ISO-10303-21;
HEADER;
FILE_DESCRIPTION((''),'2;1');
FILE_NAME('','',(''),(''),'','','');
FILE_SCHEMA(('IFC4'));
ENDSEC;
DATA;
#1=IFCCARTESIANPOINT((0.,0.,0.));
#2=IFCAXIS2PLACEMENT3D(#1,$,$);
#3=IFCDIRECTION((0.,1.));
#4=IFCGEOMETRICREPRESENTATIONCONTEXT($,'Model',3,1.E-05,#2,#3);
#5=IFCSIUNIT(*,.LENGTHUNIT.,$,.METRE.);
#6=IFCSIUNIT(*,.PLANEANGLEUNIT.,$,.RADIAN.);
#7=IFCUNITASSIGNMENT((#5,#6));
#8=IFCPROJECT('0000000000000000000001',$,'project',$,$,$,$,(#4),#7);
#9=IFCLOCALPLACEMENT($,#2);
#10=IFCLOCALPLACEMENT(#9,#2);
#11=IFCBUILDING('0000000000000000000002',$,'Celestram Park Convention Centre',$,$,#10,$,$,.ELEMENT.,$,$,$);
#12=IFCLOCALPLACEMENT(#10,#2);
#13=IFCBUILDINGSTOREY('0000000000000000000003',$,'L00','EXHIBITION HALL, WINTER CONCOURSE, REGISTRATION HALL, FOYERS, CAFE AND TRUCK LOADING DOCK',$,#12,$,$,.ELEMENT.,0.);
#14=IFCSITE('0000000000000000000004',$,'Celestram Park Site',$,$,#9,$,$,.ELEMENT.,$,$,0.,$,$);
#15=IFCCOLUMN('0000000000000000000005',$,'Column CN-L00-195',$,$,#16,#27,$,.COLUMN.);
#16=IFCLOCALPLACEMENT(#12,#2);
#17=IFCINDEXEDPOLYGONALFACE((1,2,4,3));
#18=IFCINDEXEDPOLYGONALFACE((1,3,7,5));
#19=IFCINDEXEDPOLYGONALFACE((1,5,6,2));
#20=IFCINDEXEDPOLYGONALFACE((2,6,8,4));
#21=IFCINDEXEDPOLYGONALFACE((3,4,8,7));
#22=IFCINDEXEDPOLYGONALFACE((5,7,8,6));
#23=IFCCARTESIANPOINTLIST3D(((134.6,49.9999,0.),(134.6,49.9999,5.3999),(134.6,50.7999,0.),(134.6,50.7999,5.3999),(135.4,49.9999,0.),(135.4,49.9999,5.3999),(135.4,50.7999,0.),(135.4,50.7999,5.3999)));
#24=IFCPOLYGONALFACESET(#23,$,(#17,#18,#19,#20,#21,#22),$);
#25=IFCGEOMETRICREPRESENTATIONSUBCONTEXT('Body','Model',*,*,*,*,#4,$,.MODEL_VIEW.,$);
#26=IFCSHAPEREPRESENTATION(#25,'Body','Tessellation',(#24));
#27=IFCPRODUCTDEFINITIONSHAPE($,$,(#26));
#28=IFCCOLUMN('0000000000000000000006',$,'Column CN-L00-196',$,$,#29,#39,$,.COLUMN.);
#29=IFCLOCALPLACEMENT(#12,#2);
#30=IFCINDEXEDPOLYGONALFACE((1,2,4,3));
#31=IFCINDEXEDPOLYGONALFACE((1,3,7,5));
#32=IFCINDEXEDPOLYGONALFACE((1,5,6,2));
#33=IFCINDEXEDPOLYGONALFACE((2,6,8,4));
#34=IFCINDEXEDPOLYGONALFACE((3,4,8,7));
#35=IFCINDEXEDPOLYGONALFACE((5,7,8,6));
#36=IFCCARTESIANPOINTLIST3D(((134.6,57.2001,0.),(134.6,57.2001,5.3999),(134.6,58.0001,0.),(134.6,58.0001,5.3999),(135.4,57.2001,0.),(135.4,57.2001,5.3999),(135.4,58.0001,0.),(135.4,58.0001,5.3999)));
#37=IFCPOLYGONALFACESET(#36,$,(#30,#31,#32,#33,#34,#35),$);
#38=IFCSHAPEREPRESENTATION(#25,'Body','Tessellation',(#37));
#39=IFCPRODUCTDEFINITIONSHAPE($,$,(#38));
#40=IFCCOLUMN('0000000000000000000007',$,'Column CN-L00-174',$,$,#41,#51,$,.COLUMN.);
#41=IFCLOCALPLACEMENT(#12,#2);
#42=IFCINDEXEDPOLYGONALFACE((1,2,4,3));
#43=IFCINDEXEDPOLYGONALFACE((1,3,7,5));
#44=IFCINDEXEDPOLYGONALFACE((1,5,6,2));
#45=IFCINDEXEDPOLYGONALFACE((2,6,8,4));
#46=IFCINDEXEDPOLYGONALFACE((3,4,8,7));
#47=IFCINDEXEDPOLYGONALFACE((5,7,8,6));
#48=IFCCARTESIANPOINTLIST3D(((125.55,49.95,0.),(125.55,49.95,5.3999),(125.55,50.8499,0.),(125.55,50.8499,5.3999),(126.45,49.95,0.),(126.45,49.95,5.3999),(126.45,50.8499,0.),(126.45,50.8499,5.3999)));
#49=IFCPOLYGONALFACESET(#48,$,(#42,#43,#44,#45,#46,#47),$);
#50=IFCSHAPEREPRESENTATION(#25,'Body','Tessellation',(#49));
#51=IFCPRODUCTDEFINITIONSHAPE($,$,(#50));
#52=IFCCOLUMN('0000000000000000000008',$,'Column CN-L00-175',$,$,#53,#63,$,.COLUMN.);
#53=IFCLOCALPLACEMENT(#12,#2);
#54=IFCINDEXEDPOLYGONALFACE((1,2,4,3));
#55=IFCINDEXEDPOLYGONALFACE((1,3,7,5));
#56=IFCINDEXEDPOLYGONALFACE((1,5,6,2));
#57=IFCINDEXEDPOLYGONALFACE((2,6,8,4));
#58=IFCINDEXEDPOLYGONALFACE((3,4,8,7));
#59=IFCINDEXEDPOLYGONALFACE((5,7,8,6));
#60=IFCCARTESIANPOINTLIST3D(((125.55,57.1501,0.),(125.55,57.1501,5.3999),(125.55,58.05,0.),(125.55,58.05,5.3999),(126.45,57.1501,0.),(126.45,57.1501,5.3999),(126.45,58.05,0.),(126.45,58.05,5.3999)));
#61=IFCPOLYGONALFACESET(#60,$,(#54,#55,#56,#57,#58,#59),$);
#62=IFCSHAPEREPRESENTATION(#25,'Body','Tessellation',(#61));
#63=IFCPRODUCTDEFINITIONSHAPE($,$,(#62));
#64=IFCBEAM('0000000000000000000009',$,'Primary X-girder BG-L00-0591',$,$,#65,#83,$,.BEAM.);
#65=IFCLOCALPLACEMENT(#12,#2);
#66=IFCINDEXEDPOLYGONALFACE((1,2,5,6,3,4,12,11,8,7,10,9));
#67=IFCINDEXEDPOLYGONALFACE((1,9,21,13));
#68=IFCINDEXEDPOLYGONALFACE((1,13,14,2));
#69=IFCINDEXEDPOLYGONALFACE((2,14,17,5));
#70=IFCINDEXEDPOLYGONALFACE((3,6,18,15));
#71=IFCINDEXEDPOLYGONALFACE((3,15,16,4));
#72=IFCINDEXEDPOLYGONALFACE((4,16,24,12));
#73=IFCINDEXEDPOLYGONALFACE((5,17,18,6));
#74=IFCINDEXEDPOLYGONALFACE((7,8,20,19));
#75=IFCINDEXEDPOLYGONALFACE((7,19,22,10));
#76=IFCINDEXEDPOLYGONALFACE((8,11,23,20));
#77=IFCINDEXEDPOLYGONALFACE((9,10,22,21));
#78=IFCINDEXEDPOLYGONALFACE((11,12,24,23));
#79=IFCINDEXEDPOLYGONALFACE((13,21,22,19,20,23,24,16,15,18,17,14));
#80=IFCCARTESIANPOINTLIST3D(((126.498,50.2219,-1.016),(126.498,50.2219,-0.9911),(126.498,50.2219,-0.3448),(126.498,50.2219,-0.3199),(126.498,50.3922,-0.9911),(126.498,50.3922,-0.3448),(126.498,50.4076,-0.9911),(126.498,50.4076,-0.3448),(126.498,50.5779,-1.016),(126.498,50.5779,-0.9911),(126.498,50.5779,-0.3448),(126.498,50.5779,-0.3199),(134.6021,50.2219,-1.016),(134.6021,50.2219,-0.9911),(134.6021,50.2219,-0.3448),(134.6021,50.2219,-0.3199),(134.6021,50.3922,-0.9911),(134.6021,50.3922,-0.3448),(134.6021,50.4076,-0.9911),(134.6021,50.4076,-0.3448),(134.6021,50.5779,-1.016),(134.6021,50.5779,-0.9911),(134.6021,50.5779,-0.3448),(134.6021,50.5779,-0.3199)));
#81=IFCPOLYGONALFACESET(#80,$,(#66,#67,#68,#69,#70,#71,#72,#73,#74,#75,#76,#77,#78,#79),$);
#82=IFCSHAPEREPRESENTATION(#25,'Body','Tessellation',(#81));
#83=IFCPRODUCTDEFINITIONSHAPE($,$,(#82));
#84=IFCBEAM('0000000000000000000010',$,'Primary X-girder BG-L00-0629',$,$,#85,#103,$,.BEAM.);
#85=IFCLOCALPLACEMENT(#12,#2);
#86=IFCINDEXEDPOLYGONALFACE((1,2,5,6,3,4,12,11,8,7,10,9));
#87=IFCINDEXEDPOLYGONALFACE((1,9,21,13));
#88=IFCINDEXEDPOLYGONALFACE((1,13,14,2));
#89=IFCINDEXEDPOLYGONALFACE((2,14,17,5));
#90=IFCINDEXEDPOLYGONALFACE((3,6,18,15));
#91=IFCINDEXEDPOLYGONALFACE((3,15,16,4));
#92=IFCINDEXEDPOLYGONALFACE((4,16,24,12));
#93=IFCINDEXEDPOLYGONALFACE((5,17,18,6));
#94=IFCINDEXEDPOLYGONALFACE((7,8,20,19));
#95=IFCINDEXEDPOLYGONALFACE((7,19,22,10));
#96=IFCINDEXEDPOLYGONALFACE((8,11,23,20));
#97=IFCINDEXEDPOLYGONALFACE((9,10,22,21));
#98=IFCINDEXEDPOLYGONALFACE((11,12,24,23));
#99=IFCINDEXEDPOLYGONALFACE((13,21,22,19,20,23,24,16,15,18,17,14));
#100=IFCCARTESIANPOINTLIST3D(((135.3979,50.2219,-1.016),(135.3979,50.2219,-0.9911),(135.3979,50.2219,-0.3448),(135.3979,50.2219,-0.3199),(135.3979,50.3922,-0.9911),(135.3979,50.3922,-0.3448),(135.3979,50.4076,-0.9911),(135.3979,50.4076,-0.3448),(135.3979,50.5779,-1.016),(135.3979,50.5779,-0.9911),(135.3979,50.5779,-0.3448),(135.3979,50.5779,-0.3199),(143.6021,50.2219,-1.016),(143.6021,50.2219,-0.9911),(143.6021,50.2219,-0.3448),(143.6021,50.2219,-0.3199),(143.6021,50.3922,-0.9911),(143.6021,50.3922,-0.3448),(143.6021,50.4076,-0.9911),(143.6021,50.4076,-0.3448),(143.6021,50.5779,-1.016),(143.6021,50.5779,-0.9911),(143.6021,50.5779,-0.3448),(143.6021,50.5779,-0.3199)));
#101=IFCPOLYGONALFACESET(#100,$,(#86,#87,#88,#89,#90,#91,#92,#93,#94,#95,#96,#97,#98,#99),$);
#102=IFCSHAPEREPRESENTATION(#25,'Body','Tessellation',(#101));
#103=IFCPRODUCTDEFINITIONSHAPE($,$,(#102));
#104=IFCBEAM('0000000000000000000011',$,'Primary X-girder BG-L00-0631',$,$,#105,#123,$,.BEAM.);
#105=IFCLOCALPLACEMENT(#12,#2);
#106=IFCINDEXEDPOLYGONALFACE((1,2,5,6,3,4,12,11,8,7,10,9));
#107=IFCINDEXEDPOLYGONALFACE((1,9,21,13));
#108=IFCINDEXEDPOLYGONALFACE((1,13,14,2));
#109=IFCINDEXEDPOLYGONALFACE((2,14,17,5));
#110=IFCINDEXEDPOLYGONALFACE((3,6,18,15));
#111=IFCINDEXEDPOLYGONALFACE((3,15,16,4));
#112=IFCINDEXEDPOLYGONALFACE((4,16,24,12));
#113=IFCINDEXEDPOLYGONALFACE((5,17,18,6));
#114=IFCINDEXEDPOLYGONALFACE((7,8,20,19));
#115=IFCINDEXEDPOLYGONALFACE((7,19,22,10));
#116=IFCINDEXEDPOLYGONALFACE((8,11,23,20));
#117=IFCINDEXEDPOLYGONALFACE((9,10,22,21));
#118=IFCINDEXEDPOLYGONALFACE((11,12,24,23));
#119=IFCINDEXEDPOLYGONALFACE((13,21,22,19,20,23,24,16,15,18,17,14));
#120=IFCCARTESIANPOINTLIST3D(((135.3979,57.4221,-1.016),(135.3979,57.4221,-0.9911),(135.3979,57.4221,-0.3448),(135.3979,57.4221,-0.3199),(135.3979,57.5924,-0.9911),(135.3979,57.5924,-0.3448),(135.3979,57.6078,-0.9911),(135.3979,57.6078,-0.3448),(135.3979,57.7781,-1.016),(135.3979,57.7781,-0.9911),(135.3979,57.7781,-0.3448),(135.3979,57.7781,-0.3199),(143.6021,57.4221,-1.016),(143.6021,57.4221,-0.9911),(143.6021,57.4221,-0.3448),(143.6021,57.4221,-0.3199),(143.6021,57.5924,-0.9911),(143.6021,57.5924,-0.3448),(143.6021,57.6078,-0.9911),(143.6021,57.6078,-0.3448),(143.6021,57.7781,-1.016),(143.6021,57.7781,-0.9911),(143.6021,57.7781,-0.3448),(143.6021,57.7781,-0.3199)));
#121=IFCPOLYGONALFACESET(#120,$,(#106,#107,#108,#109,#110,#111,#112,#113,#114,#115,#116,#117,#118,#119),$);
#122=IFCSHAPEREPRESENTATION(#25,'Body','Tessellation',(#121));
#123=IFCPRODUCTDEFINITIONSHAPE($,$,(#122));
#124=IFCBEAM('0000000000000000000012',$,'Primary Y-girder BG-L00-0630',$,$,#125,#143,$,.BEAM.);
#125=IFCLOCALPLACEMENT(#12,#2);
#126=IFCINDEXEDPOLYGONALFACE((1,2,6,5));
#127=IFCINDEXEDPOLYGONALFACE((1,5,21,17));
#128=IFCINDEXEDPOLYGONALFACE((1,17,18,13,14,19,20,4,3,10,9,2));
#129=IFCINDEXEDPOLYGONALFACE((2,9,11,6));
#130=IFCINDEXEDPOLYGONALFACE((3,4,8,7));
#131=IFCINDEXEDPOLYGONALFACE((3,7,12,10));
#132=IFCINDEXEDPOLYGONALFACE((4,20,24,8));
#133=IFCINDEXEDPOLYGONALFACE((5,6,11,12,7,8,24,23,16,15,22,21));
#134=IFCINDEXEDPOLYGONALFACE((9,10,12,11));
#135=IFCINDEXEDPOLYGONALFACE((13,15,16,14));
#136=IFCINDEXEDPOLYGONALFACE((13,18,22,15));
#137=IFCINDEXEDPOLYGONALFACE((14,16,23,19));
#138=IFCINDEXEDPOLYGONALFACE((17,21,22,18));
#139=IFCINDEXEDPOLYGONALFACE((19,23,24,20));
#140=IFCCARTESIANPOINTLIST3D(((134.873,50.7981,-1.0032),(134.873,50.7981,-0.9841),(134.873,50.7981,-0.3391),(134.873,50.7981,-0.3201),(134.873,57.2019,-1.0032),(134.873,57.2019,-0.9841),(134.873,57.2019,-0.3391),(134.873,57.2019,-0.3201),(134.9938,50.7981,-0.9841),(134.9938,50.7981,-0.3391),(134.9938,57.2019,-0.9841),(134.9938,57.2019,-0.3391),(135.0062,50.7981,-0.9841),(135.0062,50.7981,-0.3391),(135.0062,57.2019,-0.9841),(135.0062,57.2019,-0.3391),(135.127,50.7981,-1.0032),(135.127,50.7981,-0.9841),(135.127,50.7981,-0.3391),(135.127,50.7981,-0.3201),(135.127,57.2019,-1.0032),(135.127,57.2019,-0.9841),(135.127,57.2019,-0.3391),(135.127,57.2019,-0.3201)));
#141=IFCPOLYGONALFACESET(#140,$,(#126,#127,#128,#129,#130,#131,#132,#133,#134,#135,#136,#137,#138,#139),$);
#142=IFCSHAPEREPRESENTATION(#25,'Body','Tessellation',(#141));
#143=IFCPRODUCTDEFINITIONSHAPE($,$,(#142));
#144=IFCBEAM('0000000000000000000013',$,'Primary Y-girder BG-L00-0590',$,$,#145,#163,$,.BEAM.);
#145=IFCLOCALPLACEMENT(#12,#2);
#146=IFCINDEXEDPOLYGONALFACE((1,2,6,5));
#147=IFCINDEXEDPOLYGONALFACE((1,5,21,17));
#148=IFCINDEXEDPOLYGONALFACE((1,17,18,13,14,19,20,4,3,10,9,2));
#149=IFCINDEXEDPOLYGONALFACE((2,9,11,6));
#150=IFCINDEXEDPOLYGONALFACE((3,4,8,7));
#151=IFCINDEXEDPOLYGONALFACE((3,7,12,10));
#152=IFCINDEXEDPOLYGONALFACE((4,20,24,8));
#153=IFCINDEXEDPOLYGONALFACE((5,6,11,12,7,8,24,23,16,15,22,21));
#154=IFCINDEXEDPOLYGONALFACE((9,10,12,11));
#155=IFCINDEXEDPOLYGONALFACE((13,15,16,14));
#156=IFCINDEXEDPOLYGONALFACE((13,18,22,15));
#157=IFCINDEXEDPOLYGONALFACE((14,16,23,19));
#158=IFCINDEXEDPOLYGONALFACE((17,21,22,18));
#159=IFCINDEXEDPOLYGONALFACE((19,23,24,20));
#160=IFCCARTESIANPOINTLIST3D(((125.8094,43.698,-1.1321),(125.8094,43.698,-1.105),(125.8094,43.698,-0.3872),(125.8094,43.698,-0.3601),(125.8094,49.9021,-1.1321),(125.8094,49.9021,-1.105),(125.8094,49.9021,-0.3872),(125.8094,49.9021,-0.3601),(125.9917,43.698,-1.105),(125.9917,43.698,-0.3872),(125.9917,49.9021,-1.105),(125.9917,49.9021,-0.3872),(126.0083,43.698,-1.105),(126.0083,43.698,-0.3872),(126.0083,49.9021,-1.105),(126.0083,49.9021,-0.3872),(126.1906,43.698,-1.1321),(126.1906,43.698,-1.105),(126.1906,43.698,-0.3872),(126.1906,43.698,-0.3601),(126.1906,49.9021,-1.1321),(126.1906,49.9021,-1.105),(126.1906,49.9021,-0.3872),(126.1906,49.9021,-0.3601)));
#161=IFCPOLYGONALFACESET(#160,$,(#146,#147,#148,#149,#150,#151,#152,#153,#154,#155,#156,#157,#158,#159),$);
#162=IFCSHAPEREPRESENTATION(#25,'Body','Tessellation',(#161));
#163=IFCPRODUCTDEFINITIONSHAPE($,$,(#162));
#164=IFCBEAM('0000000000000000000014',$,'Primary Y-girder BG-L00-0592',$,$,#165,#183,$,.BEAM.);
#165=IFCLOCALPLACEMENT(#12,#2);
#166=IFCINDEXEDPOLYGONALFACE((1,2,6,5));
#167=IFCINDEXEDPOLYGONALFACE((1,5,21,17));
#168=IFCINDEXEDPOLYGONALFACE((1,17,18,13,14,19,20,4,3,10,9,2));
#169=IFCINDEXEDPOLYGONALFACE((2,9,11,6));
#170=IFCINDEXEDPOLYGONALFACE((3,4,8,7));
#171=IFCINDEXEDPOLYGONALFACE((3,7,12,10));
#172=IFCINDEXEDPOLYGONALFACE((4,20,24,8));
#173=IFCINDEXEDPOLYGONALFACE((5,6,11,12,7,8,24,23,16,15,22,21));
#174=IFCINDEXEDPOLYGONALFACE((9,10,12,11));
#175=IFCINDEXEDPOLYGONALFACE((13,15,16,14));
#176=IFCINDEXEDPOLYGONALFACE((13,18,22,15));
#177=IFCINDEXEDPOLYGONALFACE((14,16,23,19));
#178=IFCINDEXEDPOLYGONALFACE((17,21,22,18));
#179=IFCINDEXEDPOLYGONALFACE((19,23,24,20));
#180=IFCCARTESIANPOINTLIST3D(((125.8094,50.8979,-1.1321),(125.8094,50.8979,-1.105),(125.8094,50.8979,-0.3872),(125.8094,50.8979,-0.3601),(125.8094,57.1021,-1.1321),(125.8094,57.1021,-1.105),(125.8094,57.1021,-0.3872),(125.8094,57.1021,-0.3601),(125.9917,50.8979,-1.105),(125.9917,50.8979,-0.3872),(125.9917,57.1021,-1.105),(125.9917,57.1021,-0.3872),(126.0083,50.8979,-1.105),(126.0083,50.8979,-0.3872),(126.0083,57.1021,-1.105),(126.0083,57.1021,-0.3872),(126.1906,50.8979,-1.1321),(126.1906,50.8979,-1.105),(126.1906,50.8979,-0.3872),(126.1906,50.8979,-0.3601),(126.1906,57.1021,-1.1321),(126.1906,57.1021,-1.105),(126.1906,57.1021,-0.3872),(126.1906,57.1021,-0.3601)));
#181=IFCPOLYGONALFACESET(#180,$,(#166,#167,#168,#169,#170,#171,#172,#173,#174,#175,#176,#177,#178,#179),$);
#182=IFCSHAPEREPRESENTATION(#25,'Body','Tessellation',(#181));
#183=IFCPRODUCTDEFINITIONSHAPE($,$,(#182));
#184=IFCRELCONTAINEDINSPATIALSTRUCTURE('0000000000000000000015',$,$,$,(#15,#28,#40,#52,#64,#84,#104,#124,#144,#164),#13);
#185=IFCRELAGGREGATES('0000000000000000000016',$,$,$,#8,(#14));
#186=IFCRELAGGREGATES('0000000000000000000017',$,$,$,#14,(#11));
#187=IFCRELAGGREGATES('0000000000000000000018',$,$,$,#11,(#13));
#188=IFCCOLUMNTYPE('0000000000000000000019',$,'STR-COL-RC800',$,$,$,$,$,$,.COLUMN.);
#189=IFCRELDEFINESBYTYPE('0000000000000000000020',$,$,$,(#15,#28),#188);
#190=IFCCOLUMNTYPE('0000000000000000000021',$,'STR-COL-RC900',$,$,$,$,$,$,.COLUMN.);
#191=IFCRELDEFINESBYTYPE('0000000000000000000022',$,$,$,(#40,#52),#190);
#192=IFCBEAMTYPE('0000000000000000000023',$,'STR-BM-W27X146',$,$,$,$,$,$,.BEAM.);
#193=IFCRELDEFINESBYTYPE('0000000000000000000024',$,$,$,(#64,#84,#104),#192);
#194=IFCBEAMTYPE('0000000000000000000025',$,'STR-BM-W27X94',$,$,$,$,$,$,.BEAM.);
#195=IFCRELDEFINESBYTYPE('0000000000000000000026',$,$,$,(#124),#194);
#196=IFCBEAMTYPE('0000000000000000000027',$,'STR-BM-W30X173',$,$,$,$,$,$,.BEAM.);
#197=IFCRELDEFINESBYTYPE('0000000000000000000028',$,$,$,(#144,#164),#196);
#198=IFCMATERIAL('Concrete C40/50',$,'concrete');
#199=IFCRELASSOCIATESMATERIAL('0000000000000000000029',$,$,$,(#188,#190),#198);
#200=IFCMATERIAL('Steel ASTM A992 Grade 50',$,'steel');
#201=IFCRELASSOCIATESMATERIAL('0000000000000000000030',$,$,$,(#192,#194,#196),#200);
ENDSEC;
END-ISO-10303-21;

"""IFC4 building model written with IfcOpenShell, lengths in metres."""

from ifc_helpers import new_model, si_unit, direction, frame, origin, origin_2d, place, context, subcontext, project, spatial, rectangle, i_section, extrude, material, material_profile, profile_set, type_object, element, save


model = new_model("IFC4")

# Units and contexts
model_context = context("Model", 3, precision=1e-05, world=origin(), true_north=direction((0.0, 1.0)))
body_context = subcontext(model_context, "Body", "Model", "MODEL_VIEW")
ifc_project = project(units=[si_unit("LENGTHUNIT", "METRE"), si_unit("PLANEANGLEUNIT", "RADIAN")], contexts=[model_context])

# Site, building, storey
site_placement = place(None, origin())
site = spatial("IfcSite", under=ifc_project, at=site_placement, Name="Celestram Park Site", CompositionType="ELEMENT", RefElevation=0.0)
building_placement = place(site_placement, origin())
building = spatial("IfcBuilding", under=site, at=building_placement, Name="Celestram Park Convention Centre", CompositionType="ELEMENT")
storey_placement = place(building_placement, origin())
storey = spatial("IfcBuildingStorey", under=building, at=storey_placement, Name="L00", Description="EXHIBITION HALL, WINTER CONCOURSE, REGISTRATION HALL, FOYERS, CAFE AND TRUCK LOADING DOCK", CompositionType="ELEMENT", Elevation=0.0)

# Columns
ifc_material_1 = material(Name="Concrete C40/50", Category="concrete")
ifc_material_profile_1 = material_profile(ifc_material_1, rectangle(XDim=0.8, YDim=0.8, at=origin_2d()), Name="RC800X800")
ifc_profile_set_1 = profile_set([ifc_material_profile_1], Name="Concrete C40/50")
column_type_1 = type_object("IfcColumnType", Name="STR-COL-RC800", PredefinedType="COLUMN", material=ifc_profile_set_1)
for number, where, z_axis, x_axis, name in (
    (1, (135.0, 50.3999, 0.0), (0.0, 0.0, 1.0), (1.0, 0.0, 0.0), "Column CN-L00-195"),
    (2, (135.0, 57.6001, 0.0), (0.0, 0.0, 1.0), (1.0, 0.0, 0.0), "Column CN-L00-196"),
):
    element("IfcColumn", number, at=place(storey_placement, frame(where, z_axis=z_axis, x_axis=x_axis)), inside=storey, type_object=column_type_1, Name=name, PredefinedType="COLUMN", context=body_context, shape_type="SweptSolid", body=[
        extrude(rectangle(XDim=0.8, YDim=0.8, at=origin_2d()), origin(), (0.0, 0.0, 1.0), 5.3999),
    ])
ifc_material_profile_2 = material_profile(ifc_material_1, rectangle(XDim=0.8999, YDim=0.8999, at=origin_2d()), Name="RC900X900")
ifc_profile_set_2 = profile_set([ifc_material_profile_2], Name="Concrete C40/50")
column_type_2 = type_object("IfcColumnType", Name="STR-COL-RC900", PredefinedType="COLUMN", material=ifc_profile_set_2)
for number, where, z_axis, x_axis, name in (
    (3, (126.0, 50.3999, 0.0), (0.0, 0.0, 1.0), (1.0, 0.0, 0.0), "Column CN-L00-174"),
    (4, (126.0, 57.6001, 0.0), (0.0, 0.0, 1.0), (1.0, 0.0, 0.0), "Column CN-L00-175"),
):
    element("IfcColumn", number, at=place(storey_placement, frame(where, z_axis=z_axis, x_axis=x_axis)), inside=storey, type_object=column_type_2, Name=name, PredefinedType="COLUMN", context=body_context, shape_type="SweptSolid", body=[
        extrude(rectangle(XDim=0.8999, YDim=0.8999, at=origin_2d()), origin(), (0.0, 0.0, 1.0), 5.3999),
    ])

# Beams
ifc_material_2 = material(Name="Steel ASTM A992 Grade 50", Category="steel")
ifc_material_profile_3 = material_profile(ifc_material_2, i_section(OverallWidth=0.356, OverallDepth=0.696, WebThickness=0.0154, FlangeThickness=0.0249, at=origin_2d()), Name="W27X146")
ifc_profile_set_3 = profile_set([ifc_material_profile_3], Name="Steel ASTM A992 Grade 50")
beam_type_1 = type_object("IfcBeamType", Name="STR-BM-W27X146", PredefinedType="BEAM", material=ifc_profile_set_3)
beam_1_placement = place(storey_placement, frame((126.498, 50.3999, -0.668), z_axis=(1.0, 0.0, 0.0), x_axis=(0.0, 1.0, 0.0)))
element("IfcBeam", 5, at=beam_1_placement, inside=storey, type_object=beam_type_1, Name="Primary X-girder BG-L00-0591", PredefinedType="BEAM", context=body_context, shape_type="SweptSolid", body=[
    extrude(i_section(OverallWidth=0.356, OverallDepth=0.696, WebThickness=0.0154, FlangeThickness=0.0249, at=origin_2d()), origin(), (0.0, 0.0, 1.0), 8.104),
])
for number, where, z_axis, x_axis, name in (
    (6, (135.3979, 50.3999, -0.668), (1.0, 0.0, 0.0), (0.0, 1.0, 0.0), "Primary X-girder BG-L00-0629"),
    (7, (135.3979, 57.6001, -0.668), (1.0, 0.0, 0.0), (0.0, 1.0, 0.0), "Primary X-girder BG-L00-0631"),
):
    element("IfcBeam", number, at=place(storey_placement, frame(where, z_axis=z_axis, x_axis=x_axis)), inside=storey, type_object=beam_type_1, Name=name, PredefinedType="BEAM", context=body_context, shape_type="SweptSolid", body=[
        extrude(i_section(OverallWidth=0.356, OverallDepth=0.696, WebThickness=0.0154, FlangeThickness=0.0249, at=origin_2d()), origin(), (0.0, 0.0, 1.0), 8.2041),
    ])
ifc_material_profile_4 = material_profile(ifc_material_2, i_section(OverallWidth=0.2539, OverallDepth=0.6831, WebThickness=0.0125, FlangeThickness=0.019, at=origin_2d()), Name="W27X94")
ifc_profile_set_4 = profile_set([ifc_material_profile_4], Name="Steel ASTM A992 Grade 50")
beam_type_2 = type_object("IfcBeamType", Name="STR-BM-W27X94", PredefinedType="BEAM", material=ifc_profile_set_4)
beam_2_placement = place(storey_placement, frame((135.0, 50.7981, -0.6616), z_axis=(0.0, 1.0, 0.0), x_axis=(-1.0, 0.0, 0.0)))
element("IfcBeam", 8, at=beam_2_placement, inside=storey, type_object=beam_type_2, Name="Primary Y-girder BG-L00-0630", PredefinedType="BEAM", context=body_context, shape_type="SweptSolid", body=[
    extrude(i_section(OverallWidth=0.2539, OverallDepth=0.6831, WebThickness=0.0125, FlangeThickness=0.019, at=origin_2d()), origin(), (0.0, 0.0, 1.0), 6.4038),
])
ifc_material_profile_5 = material_profile(ifc_material_2, i_section(OverallWidth=0.3811, OverallDepth=0.772, WebThickness=0.0166, FlangeThickness=0.0271, at=origin_2d()), Name="W30X173")
ifc_profile_set_5 = profile_set([ifc_material_profile_5], Name="Steel ASTM A992 Grade 50")
beam_type_3 = type_object("IfcBeamType", Name="STR-BM-W30X173", PredefinedType="BEAM", material=ifc_profile_set_5)
for number, where, z_axis, x_axis, name in (
    (9, (126.0, 43.698, -0.7461), (0.0, 1.0, 0.0), (-1.0, 0.0, 0.0), "Primary Y-girder BG-L00-0590"),
    (10, (126.0, 50.8979, -0.7461), (0.0, 1.0, 0.0), (-1.0, 0.0, 0.0), "Primary Y-girder BG-L00-0592"),
):
    element("IfcBeam", number, at=place(storey_placement, frame(where, z_axis=z_axis, x_axis=x_axis)), inside=storey, type_object=beam_type_3, Name=name, PredefinedType="BEAM", context=body_context, shape_type="SweptSolid", body=[
        extrude(i_section(OverallWidth=0.3811, OverallDepth=0.772, WebThickness=0.0166, FlangeThickness=0.0271, at=origin_2d()), origin(), (0.0, 0.0, 1.0), 6.2041),
    ])

save(model, "model.ifc")
